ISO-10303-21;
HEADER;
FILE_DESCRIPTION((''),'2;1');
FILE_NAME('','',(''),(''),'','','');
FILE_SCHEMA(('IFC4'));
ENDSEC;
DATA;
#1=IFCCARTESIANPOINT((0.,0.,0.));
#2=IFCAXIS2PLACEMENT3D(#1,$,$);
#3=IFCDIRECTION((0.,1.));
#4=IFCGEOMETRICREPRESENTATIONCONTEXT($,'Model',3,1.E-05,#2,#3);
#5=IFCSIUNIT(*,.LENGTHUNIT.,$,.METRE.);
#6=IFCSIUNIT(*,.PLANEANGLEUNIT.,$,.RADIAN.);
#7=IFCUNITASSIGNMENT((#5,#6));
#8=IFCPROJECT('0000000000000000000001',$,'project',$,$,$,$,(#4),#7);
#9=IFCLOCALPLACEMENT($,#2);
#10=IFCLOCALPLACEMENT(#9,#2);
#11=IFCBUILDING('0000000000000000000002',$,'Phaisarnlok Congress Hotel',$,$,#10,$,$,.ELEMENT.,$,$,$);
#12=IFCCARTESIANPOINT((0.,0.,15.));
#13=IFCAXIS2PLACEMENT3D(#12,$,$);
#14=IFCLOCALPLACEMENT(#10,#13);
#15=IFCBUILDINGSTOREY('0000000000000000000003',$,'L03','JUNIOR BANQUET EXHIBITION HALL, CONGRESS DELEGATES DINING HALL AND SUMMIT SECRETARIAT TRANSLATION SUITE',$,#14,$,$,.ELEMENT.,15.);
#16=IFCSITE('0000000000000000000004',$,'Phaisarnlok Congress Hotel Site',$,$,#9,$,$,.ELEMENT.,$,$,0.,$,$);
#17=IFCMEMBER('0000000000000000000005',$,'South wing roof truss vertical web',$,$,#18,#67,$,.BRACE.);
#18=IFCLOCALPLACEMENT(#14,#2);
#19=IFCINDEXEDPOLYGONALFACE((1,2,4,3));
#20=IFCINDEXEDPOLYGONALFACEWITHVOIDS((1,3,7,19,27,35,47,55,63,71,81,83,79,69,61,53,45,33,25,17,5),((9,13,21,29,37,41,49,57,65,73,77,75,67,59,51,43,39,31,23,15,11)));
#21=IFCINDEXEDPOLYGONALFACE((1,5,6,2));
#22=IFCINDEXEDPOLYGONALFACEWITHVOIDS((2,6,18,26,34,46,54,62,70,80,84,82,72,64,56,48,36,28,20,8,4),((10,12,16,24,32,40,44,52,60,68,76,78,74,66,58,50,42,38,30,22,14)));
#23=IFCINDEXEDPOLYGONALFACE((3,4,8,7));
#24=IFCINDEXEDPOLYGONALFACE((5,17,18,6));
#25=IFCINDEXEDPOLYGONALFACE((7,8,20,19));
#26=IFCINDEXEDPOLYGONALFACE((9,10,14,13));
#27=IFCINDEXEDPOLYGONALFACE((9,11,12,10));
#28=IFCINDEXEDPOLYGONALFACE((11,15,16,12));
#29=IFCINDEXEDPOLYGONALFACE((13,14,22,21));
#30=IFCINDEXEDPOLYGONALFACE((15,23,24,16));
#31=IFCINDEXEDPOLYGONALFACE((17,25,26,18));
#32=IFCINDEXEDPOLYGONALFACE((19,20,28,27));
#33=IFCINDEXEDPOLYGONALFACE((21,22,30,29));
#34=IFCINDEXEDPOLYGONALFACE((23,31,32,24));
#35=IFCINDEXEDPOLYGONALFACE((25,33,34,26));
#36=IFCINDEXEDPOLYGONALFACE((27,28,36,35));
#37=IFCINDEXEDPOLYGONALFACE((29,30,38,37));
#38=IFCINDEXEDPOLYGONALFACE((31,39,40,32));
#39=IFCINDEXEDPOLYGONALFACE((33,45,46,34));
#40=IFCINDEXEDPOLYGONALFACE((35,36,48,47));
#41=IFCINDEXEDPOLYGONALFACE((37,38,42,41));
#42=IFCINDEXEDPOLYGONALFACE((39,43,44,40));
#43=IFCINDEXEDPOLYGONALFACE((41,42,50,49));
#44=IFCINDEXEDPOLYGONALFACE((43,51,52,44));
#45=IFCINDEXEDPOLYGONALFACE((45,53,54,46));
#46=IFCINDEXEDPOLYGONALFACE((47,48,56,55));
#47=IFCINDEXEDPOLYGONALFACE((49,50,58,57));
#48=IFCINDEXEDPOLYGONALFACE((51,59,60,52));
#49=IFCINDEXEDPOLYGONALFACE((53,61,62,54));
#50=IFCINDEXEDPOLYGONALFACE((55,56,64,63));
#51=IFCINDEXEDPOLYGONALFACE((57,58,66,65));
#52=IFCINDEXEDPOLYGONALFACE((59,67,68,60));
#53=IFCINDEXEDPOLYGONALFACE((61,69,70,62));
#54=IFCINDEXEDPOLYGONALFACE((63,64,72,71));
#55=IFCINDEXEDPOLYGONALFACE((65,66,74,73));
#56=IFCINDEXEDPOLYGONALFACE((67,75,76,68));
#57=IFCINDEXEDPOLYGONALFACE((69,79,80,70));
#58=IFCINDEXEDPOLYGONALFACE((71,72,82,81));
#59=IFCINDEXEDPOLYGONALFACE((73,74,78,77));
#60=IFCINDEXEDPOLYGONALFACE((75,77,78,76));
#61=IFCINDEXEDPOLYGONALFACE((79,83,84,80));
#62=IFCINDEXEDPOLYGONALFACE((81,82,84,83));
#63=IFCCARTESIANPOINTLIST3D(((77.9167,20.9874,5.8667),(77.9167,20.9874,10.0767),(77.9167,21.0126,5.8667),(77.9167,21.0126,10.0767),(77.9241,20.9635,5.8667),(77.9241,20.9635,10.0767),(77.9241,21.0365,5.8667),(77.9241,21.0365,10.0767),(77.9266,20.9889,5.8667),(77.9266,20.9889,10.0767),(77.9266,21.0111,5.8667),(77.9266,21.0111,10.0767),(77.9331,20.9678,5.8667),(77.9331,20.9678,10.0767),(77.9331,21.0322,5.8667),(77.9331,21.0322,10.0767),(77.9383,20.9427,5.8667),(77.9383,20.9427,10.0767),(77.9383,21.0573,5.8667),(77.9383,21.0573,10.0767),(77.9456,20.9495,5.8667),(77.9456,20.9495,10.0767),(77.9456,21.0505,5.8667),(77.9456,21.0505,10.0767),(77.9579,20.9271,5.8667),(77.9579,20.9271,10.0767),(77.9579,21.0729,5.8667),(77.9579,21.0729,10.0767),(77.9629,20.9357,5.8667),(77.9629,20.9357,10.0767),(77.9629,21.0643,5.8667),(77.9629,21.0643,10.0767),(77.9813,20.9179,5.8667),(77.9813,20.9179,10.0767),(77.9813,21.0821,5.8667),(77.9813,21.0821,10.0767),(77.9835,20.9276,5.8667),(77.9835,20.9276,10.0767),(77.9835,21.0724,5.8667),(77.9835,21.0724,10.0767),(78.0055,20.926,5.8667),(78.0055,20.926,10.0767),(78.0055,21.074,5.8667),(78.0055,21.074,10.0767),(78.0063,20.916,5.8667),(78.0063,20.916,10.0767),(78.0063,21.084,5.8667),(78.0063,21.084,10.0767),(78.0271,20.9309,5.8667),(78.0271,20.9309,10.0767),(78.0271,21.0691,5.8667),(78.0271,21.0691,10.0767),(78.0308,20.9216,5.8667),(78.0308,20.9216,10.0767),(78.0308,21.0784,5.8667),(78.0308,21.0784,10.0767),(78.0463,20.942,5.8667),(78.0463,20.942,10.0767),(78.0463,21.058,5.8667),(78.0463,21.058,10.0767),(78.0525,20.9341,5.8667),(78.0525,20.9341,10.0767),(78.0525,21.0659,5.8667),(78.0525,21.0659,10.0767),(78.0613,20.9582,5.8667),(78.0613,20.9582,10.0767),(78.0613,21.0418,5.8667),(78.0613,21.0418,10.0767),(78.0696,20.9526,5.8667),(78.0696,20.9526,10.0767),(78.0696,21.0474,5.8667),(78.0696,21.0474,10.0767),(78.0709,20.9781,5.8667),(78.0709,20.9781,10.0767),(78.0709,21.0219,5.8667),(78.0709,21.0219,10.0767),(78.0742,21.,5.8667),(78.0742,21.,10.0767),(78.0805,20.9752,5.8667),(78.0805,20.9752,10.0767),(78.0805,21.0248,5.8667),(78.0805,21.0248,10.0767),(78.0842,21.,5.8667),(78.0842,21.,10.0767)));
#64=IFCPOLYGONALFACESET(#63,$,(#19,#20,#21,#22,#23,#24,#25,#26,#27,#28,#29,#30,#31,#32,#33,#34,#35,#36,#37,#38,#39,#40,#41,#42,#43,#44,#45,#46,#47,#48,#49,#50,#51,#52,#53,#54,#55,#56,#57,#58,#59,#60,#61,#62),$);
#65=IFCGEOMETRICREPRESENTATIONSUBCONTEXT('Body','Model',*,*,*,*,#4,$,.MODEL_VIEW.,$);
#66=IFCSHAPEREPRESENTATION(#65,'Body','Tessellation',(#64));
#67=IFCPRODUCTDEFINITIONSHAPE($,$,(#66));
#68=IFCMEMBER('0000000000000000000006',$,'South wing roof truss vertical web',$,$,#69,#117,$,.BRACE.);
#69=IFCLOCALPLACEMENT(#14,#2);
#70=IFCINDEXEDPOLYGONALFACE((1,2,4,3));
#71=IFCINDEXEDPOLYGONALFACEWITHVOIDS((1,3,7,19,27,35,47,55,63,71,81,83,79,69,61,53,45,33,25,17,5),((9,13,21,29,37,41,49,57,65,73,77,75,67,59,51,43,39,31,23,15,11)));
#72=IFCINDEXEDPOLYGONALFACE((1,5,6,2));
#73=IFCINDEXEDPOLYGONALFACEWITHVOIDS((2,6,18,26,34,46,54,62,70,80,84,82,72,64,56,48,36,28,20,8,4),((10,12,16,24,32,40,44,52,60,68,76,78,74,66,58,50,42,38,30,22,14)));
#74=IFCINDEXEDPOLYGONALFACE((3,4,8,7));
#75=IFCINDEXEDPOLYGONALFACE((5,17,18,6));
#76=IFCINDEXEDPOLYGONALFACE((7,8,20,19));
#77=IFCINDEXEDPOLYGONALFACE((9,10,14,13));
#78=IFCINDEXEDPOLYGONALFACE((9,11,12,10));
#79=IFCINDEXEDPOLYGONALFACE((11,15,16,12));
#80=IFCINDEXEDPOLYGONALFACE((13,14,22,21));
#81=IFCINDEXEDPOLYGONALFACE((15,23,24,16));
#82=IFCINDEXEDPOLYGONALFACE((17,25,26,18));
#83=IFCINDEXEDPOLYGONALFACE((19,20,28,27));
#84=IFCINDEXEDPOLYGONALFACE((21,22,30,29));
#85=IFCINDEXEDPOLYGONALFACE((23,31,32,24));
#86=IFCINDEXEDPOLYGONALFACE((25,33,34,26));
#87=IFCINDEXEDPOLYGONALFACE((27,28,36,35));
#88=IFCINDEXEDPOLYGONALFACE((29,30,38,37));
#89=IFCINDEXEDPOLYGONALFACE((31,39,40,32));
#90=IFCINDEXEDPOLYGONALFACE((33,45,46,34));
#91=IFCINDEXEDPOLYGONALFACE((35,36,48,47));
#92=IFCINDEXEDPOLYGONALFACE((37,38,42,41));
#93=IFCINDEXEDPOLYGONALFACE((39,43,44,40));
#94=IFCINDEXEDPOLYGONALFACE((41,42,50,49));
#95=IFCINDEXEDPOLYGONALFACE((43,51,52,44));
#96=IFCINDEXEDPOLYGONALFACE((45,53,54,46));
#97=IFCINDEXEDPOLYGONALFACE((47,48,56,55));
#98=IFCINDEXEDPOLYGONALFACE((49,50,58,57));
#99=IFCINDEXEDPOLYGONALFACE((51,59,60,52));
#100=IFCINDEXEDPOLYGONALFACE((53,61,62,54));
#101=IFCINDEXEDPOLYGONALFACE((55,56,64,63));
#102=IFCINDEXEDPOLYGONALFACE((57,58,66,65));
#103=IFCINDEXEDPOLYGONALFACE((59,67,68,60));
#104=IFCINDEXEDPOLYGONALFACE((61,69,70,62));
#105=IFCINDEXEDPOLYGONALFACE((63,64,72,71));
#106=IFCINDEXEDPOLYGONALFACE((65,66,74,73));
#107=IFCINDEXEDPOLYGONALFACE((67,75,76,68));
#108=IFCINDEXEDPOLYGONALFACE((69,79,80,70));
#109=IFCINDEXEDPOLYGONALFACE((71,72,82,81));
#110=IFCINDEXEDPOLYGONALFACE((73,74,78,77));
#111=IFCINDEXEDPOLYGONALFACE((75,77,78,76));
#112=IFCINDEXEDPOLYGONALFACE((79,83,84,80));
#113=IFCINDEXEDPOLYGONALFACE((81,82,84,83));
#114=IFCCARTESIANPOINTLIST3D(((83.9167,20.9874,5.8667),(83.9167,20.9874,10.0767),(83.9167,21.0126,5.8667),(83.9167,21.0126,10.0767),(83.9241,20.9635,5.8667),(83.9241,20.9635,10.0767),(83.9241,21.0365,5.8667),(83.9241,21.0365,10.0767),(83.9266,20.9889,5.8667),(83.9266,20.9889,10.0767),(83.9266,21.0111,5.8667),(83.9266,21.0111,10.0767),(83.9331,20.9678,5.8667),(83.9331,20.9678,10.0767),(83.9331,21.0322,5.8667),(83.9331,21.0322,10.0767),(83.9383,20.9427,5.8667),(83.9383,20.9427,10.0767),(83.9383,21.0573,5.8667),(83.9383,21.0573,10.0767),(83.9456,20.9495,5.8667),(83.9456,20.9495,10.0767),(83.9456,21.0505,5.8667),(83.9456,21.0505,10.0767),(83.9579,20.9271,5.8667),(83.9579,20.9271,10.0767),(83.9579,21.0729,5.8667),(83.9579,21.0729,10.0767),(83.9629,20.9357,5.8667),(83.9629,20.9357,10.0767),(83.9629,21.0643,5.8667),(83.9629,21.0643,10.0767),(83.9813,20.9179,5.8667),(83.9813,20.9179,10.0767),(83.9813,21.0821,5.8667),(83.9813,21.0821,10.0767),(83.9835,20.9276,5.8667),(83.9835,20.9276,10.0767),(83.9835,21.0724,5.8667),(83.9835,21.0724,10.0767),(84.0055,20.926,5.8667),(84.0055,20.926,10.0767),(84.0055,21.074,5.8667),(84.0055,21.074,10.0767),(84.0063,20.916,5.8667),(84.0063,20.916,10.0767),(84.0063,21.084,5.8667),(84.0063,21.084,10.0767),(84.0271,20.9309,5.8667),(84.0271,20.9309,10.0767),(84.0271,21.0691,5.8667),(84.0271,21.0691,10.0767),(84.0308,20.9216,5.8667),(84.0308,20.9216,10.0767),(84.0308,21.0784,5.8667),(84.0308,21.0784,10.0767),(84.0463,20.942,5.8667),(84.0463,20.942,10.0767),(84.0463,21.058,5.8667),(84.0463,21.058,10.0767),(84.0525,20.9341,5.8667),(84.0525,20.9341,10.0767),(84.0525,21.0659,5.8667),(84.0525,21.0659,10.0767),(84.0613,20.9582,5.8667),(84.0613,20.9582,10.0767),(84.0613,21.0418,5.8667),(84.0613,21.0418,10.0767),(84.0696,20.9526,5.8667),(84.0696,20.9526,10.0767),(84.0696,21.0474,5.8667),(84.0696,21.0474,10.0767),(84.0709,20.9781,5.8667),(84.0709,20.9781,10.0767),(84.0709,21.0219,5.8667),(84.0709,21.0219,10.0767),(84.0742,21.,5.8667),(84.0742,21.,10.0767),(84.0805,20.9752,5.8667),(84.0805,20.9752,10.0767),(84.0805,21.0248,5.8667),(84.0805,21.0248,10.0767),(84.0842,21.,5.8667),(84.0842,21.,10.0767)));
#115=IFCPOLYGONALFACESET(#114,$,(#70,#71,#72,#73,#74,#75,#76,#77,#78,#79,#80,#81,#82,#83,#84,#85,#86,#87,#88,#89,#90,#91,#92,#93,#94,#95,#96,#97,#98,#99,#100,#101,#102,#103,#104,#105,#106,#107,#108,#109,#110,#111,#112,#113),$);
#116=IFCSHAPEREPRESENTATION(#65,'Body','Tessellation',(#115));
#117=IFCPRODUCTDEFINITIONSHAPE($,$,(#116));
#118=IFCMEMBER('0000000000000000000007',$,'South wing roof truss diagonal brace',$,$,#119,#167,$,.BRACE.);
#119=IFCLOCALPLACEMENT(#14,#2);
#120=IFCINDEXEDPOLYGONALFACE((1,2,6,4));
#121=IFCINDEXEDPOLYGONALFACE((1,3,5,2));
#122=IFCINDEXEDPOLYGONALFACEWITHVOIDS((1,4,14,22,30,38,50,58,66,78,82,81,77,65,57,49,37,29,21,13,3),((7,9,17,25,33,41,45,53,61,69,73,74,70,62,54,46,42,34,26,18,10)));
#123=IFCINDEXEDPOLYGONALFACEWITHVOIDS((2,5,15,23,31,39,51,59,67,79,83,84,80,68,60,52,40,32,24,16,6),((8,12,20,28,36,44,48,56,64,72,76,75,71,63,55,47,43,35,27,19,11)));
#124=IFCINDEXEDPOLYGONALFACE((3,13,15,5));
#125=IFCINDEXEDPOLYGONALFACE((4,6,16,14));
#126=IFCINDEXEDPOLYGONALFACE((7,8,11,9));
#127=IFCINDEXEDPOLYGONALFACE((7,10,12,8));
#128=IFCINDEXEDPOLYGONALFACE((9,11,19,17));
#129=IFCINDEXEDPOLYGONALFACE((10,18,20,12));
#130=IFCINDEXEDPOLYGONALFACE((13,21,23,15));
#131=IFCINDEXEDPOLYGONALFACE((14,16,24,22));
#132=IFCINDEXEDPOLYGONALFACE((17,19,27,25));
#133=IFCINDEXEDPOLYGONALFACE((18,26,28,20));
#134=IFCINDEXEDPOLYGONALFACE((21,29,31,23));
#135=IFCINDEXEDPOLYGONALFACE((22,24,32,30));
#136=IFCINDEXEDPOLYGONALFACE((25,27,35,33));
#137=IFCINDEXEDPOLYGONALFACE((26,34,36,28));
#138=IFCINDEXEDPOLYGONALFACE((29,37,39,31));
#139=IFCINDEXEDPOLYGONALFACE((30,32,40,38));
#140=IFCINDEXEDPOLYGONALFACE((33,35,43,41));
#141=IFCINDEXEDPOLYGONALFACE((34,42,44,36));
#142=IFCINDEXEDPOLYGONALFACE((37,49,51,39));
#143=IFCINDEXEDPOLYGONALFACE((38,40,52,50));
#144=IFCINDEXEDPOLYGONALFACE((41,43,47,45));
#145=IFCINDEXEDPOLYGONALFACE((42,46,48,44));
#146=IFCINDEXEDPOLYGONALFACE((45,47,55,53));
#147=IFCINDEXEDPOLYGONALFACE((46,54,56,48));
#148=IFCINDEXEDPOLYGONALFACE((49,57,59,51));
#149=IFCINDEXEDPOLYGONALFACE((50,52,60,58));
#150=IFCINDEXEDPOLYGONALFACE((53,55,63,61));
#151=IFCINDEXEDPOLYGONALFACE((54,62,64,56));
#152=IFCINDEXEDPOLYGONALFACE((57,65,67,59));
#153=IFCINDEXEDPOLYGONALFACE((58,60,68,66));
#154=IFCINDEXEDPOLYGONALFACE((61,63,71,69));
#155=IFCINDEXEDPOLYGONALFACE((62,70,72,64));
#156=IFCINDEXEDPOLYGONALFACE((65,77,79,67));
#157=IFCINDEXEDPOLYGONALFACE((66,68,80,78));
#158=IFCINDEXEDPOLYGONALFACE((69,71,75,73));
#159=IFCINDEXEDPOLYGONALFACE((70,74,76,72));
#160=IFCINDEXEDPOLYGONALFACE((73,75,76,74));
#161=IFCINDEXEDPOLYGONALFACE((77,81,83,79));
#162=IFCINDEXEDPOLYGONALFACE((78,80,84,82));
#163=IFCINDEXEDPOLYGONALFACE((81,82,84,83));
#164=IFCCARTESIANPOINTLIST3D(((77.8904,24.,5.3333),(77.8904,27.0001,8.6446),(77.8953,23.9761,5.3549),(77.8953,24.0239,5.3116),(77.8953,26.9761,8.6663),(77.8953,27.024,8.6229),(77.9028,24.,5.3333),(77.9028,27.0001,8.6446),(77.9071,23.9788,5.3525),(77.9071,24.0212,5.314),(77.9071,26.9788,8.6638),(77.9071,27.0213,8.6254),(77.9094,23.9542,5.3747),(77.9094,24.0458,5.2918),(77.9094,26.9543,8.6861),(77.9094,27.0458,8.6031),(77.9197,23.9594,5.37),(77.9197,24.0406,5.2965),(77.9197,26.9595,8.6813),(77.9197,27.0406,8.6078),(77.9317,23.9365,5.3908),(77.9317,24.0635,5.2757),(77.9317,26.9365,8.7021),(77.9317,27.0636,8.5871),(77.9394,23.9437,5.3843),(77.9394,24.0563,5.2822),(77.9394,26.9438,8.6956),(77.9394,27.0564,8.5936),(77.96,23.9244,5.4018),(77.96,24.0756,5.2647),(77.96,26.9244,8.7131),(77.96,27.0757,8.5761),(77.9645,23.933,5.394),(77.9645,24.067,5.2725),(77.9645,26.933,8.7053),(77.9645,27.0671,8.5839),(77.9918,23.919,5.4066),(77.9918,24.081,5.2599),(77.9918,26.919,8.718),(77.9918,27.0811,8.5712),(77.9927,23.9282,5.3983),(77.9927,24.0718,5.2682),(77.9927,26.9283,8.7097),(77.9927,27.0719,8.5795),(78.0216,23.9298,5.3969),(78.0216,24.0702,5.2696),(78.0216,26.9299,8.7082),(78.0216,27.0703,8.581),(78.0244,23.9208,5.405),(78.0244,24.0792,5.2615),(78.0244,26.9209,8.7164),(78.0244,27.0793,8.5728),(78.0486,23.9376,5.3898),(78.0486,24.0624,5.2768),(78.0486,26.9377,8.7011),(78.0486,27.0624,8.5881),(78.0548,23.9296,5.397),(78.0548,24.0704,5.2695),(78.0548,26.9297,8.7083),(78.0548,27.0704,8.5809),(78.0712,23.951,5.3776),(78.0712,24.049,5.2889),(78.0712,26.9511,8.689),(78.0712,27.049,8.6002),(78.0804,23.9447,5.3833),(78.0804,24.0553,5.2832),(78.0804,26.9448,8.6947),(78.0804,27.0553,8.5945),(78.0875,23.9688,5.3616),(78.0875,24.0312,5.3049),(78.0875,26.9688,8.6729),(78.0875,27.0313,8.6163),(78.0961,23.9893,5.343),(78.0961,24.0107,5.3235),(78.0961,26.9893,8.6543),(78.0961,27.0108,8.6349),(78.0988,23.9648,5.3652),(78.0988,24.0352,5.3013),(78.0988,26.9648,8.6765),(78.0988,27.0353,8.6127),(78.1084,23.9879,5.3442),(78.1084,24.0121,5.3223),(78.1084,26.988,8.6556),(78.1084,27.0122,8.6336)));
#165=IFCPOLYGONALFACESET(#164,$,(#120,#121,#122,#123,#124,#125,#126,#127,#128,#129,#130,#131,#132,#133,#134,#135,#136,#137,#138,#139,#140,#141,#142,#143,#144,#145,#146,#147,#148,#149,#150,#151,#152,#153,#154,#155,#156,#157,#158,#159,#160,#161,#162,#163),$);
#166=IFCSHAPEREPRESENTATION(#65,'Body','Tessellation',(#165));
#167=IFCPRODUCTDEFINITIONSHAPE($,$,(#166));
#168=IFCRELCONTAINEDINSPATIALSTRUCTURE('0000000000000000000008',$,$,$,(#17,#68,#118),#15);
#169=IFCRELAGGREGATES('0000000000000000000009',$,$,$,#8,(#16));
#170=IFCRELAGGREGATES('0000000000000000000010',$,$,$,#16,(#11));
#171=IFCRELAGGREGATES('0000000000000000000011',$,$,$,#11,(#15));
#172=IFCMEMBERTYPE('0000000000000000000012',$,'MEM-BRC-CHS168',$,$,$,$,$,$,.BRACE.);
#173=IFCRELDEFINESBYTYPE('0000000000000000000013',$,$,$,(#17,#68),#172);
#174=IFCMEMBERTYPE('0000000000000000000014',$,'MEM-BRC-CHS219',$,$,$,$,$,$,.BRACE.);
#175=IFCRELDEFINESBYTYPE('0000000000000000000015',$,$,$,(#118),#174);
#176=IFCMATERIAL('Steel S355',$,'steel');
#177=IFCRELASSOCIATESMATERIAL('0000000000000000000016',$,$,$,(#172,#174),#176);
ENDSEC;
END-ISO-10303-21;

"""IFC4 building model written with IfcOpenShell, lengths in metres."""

from ifc_helpers import new_model, si_unit, direction, frame, origin, origin_2d, place, context, subcontext, project, spatial, hollow_circle, extrude, material, material_profile, profile_set, type_object, element, save


model = new_model("IFC4")

# Units and contexts
model_context = context("Model", 3, precision=1e-05, world=origin(), true_north=direction((0.0, 1.0)))
body_context = subcontext(model_context, "Body", "Model", "MODEL_VIEW")
ifc_project = project(units=[si_unit("LENGTHUNIT", "METRE"), si_unit("PLANEANGLEUNIT", "RADIAN")], contexts=[model_context])

# Site, building, storey
site_placement = place(None, origin())
site = spatial("IfcSite", under=ifc_project, at=site_placement, Name="Phaisarnlok Congress Hotel Site", CompositionType="ELEMENT", RefElevation=0.0)
building_placement = place(site_placement, origin())
building = spatial("IfcBuilding", under=site, at=building_placement, Name="Phaisarnlok Congress Hotel", CompositionType="ELEMENT")
storey_placement = place(building_placement, frame((0.0, 0.0, 15.0)))
storey = spatial("IfcBuildingStorey", under=building, at=storey_placement, Name="L03", Description="JUNIOR BANQUET EXHIBITION HALL, CONGRESS DELEGATES DINING HALL AND SUMMIT SECRETARIAT TRANSLATION SUITE", CompositionType="ELEMENT", Elevation=15.0)

# Shared definitions
ifc_material_1 = material(Name="Steel S355", Category="steel")

# Members
ifc_material_profile_1 = material_profile(ifc_material_1, hollow_circle(Radius=0.0842, WallThickness=0.01, at=origin_2d()), Name="CHS 168.3x10")
ifc_profile_set_1 = profile_set([ifc_material_profile_1], Name="Steel S355")
member_type_1 = type_object("IfcMemberType", Name="MEM-BRC-CHS168", PredefinedType="BRACE", material=ifc_profile_set_1)
for number, where, z_axis, x_axis, name in (
    (1, (78.0, 21.0, 5.8667), (0.0, 0.0, 1.0), (1.0, 0.0, 0.0), "South wing roof truss vertical web"),
    (2, (84.0, 21.0, 5.8667), (0.0, 0.0, 1.0), (1.0, 0.0, 0.0), "South wing roof truss vertical web"),
):
    element("IfcMember", number, at=place(storey_placement, frame(where, z_axis=z_axis, x_axis=x_axis)), inside=storey, type_object=member_type_1, Name=name, PredefinedType="BRACE", context=body_context, shape_type="SweptSolid", body=[
        extrude(hollow_circle(Radius=0.0842, WallThickness=0.01, at=origin_2d()), origin(), (0.0, 0.0, 1.0), 4.21),
    ])
ifc_material_profile_2 = material_profile(ifc_material_1, hollow_circle(Radius=0.1096, WallThickness=0.0125, at=origin_2d()), Name="CHS 219.1x12.5")
ifc_profile_set_2 = profile_set([ifc_material_profile_2], Name="Steel S355")
member_type_2 = type_object("IfcMemberType", Name="MEM-BRC-CHS219", PredefinedType="BRACE", material=ifc_profile_set_2)
member_1_placement = place(storey_placement, frame((78.0, 24.0, 5.3333), z_axis=(0.0, 0.671415, 0.741081), x_axis=(-1.0, 0.0, 0.0)))
element("IfcMember", 3, at=member_1_placement, inside=storey, type_object=member_type_2, Name="South wing roof truss diagonal brace", PredefinedType="BRACE", context=body_context, shape_type="SweptSolid", body=[
    extrude(hollow_circle(Radius=0.1096, WallThickness=0.0125, at=origin_2d()), origin(), (0.0, 0.0, 1.0), 4.4683),
])

save(model, "model.ifc")
